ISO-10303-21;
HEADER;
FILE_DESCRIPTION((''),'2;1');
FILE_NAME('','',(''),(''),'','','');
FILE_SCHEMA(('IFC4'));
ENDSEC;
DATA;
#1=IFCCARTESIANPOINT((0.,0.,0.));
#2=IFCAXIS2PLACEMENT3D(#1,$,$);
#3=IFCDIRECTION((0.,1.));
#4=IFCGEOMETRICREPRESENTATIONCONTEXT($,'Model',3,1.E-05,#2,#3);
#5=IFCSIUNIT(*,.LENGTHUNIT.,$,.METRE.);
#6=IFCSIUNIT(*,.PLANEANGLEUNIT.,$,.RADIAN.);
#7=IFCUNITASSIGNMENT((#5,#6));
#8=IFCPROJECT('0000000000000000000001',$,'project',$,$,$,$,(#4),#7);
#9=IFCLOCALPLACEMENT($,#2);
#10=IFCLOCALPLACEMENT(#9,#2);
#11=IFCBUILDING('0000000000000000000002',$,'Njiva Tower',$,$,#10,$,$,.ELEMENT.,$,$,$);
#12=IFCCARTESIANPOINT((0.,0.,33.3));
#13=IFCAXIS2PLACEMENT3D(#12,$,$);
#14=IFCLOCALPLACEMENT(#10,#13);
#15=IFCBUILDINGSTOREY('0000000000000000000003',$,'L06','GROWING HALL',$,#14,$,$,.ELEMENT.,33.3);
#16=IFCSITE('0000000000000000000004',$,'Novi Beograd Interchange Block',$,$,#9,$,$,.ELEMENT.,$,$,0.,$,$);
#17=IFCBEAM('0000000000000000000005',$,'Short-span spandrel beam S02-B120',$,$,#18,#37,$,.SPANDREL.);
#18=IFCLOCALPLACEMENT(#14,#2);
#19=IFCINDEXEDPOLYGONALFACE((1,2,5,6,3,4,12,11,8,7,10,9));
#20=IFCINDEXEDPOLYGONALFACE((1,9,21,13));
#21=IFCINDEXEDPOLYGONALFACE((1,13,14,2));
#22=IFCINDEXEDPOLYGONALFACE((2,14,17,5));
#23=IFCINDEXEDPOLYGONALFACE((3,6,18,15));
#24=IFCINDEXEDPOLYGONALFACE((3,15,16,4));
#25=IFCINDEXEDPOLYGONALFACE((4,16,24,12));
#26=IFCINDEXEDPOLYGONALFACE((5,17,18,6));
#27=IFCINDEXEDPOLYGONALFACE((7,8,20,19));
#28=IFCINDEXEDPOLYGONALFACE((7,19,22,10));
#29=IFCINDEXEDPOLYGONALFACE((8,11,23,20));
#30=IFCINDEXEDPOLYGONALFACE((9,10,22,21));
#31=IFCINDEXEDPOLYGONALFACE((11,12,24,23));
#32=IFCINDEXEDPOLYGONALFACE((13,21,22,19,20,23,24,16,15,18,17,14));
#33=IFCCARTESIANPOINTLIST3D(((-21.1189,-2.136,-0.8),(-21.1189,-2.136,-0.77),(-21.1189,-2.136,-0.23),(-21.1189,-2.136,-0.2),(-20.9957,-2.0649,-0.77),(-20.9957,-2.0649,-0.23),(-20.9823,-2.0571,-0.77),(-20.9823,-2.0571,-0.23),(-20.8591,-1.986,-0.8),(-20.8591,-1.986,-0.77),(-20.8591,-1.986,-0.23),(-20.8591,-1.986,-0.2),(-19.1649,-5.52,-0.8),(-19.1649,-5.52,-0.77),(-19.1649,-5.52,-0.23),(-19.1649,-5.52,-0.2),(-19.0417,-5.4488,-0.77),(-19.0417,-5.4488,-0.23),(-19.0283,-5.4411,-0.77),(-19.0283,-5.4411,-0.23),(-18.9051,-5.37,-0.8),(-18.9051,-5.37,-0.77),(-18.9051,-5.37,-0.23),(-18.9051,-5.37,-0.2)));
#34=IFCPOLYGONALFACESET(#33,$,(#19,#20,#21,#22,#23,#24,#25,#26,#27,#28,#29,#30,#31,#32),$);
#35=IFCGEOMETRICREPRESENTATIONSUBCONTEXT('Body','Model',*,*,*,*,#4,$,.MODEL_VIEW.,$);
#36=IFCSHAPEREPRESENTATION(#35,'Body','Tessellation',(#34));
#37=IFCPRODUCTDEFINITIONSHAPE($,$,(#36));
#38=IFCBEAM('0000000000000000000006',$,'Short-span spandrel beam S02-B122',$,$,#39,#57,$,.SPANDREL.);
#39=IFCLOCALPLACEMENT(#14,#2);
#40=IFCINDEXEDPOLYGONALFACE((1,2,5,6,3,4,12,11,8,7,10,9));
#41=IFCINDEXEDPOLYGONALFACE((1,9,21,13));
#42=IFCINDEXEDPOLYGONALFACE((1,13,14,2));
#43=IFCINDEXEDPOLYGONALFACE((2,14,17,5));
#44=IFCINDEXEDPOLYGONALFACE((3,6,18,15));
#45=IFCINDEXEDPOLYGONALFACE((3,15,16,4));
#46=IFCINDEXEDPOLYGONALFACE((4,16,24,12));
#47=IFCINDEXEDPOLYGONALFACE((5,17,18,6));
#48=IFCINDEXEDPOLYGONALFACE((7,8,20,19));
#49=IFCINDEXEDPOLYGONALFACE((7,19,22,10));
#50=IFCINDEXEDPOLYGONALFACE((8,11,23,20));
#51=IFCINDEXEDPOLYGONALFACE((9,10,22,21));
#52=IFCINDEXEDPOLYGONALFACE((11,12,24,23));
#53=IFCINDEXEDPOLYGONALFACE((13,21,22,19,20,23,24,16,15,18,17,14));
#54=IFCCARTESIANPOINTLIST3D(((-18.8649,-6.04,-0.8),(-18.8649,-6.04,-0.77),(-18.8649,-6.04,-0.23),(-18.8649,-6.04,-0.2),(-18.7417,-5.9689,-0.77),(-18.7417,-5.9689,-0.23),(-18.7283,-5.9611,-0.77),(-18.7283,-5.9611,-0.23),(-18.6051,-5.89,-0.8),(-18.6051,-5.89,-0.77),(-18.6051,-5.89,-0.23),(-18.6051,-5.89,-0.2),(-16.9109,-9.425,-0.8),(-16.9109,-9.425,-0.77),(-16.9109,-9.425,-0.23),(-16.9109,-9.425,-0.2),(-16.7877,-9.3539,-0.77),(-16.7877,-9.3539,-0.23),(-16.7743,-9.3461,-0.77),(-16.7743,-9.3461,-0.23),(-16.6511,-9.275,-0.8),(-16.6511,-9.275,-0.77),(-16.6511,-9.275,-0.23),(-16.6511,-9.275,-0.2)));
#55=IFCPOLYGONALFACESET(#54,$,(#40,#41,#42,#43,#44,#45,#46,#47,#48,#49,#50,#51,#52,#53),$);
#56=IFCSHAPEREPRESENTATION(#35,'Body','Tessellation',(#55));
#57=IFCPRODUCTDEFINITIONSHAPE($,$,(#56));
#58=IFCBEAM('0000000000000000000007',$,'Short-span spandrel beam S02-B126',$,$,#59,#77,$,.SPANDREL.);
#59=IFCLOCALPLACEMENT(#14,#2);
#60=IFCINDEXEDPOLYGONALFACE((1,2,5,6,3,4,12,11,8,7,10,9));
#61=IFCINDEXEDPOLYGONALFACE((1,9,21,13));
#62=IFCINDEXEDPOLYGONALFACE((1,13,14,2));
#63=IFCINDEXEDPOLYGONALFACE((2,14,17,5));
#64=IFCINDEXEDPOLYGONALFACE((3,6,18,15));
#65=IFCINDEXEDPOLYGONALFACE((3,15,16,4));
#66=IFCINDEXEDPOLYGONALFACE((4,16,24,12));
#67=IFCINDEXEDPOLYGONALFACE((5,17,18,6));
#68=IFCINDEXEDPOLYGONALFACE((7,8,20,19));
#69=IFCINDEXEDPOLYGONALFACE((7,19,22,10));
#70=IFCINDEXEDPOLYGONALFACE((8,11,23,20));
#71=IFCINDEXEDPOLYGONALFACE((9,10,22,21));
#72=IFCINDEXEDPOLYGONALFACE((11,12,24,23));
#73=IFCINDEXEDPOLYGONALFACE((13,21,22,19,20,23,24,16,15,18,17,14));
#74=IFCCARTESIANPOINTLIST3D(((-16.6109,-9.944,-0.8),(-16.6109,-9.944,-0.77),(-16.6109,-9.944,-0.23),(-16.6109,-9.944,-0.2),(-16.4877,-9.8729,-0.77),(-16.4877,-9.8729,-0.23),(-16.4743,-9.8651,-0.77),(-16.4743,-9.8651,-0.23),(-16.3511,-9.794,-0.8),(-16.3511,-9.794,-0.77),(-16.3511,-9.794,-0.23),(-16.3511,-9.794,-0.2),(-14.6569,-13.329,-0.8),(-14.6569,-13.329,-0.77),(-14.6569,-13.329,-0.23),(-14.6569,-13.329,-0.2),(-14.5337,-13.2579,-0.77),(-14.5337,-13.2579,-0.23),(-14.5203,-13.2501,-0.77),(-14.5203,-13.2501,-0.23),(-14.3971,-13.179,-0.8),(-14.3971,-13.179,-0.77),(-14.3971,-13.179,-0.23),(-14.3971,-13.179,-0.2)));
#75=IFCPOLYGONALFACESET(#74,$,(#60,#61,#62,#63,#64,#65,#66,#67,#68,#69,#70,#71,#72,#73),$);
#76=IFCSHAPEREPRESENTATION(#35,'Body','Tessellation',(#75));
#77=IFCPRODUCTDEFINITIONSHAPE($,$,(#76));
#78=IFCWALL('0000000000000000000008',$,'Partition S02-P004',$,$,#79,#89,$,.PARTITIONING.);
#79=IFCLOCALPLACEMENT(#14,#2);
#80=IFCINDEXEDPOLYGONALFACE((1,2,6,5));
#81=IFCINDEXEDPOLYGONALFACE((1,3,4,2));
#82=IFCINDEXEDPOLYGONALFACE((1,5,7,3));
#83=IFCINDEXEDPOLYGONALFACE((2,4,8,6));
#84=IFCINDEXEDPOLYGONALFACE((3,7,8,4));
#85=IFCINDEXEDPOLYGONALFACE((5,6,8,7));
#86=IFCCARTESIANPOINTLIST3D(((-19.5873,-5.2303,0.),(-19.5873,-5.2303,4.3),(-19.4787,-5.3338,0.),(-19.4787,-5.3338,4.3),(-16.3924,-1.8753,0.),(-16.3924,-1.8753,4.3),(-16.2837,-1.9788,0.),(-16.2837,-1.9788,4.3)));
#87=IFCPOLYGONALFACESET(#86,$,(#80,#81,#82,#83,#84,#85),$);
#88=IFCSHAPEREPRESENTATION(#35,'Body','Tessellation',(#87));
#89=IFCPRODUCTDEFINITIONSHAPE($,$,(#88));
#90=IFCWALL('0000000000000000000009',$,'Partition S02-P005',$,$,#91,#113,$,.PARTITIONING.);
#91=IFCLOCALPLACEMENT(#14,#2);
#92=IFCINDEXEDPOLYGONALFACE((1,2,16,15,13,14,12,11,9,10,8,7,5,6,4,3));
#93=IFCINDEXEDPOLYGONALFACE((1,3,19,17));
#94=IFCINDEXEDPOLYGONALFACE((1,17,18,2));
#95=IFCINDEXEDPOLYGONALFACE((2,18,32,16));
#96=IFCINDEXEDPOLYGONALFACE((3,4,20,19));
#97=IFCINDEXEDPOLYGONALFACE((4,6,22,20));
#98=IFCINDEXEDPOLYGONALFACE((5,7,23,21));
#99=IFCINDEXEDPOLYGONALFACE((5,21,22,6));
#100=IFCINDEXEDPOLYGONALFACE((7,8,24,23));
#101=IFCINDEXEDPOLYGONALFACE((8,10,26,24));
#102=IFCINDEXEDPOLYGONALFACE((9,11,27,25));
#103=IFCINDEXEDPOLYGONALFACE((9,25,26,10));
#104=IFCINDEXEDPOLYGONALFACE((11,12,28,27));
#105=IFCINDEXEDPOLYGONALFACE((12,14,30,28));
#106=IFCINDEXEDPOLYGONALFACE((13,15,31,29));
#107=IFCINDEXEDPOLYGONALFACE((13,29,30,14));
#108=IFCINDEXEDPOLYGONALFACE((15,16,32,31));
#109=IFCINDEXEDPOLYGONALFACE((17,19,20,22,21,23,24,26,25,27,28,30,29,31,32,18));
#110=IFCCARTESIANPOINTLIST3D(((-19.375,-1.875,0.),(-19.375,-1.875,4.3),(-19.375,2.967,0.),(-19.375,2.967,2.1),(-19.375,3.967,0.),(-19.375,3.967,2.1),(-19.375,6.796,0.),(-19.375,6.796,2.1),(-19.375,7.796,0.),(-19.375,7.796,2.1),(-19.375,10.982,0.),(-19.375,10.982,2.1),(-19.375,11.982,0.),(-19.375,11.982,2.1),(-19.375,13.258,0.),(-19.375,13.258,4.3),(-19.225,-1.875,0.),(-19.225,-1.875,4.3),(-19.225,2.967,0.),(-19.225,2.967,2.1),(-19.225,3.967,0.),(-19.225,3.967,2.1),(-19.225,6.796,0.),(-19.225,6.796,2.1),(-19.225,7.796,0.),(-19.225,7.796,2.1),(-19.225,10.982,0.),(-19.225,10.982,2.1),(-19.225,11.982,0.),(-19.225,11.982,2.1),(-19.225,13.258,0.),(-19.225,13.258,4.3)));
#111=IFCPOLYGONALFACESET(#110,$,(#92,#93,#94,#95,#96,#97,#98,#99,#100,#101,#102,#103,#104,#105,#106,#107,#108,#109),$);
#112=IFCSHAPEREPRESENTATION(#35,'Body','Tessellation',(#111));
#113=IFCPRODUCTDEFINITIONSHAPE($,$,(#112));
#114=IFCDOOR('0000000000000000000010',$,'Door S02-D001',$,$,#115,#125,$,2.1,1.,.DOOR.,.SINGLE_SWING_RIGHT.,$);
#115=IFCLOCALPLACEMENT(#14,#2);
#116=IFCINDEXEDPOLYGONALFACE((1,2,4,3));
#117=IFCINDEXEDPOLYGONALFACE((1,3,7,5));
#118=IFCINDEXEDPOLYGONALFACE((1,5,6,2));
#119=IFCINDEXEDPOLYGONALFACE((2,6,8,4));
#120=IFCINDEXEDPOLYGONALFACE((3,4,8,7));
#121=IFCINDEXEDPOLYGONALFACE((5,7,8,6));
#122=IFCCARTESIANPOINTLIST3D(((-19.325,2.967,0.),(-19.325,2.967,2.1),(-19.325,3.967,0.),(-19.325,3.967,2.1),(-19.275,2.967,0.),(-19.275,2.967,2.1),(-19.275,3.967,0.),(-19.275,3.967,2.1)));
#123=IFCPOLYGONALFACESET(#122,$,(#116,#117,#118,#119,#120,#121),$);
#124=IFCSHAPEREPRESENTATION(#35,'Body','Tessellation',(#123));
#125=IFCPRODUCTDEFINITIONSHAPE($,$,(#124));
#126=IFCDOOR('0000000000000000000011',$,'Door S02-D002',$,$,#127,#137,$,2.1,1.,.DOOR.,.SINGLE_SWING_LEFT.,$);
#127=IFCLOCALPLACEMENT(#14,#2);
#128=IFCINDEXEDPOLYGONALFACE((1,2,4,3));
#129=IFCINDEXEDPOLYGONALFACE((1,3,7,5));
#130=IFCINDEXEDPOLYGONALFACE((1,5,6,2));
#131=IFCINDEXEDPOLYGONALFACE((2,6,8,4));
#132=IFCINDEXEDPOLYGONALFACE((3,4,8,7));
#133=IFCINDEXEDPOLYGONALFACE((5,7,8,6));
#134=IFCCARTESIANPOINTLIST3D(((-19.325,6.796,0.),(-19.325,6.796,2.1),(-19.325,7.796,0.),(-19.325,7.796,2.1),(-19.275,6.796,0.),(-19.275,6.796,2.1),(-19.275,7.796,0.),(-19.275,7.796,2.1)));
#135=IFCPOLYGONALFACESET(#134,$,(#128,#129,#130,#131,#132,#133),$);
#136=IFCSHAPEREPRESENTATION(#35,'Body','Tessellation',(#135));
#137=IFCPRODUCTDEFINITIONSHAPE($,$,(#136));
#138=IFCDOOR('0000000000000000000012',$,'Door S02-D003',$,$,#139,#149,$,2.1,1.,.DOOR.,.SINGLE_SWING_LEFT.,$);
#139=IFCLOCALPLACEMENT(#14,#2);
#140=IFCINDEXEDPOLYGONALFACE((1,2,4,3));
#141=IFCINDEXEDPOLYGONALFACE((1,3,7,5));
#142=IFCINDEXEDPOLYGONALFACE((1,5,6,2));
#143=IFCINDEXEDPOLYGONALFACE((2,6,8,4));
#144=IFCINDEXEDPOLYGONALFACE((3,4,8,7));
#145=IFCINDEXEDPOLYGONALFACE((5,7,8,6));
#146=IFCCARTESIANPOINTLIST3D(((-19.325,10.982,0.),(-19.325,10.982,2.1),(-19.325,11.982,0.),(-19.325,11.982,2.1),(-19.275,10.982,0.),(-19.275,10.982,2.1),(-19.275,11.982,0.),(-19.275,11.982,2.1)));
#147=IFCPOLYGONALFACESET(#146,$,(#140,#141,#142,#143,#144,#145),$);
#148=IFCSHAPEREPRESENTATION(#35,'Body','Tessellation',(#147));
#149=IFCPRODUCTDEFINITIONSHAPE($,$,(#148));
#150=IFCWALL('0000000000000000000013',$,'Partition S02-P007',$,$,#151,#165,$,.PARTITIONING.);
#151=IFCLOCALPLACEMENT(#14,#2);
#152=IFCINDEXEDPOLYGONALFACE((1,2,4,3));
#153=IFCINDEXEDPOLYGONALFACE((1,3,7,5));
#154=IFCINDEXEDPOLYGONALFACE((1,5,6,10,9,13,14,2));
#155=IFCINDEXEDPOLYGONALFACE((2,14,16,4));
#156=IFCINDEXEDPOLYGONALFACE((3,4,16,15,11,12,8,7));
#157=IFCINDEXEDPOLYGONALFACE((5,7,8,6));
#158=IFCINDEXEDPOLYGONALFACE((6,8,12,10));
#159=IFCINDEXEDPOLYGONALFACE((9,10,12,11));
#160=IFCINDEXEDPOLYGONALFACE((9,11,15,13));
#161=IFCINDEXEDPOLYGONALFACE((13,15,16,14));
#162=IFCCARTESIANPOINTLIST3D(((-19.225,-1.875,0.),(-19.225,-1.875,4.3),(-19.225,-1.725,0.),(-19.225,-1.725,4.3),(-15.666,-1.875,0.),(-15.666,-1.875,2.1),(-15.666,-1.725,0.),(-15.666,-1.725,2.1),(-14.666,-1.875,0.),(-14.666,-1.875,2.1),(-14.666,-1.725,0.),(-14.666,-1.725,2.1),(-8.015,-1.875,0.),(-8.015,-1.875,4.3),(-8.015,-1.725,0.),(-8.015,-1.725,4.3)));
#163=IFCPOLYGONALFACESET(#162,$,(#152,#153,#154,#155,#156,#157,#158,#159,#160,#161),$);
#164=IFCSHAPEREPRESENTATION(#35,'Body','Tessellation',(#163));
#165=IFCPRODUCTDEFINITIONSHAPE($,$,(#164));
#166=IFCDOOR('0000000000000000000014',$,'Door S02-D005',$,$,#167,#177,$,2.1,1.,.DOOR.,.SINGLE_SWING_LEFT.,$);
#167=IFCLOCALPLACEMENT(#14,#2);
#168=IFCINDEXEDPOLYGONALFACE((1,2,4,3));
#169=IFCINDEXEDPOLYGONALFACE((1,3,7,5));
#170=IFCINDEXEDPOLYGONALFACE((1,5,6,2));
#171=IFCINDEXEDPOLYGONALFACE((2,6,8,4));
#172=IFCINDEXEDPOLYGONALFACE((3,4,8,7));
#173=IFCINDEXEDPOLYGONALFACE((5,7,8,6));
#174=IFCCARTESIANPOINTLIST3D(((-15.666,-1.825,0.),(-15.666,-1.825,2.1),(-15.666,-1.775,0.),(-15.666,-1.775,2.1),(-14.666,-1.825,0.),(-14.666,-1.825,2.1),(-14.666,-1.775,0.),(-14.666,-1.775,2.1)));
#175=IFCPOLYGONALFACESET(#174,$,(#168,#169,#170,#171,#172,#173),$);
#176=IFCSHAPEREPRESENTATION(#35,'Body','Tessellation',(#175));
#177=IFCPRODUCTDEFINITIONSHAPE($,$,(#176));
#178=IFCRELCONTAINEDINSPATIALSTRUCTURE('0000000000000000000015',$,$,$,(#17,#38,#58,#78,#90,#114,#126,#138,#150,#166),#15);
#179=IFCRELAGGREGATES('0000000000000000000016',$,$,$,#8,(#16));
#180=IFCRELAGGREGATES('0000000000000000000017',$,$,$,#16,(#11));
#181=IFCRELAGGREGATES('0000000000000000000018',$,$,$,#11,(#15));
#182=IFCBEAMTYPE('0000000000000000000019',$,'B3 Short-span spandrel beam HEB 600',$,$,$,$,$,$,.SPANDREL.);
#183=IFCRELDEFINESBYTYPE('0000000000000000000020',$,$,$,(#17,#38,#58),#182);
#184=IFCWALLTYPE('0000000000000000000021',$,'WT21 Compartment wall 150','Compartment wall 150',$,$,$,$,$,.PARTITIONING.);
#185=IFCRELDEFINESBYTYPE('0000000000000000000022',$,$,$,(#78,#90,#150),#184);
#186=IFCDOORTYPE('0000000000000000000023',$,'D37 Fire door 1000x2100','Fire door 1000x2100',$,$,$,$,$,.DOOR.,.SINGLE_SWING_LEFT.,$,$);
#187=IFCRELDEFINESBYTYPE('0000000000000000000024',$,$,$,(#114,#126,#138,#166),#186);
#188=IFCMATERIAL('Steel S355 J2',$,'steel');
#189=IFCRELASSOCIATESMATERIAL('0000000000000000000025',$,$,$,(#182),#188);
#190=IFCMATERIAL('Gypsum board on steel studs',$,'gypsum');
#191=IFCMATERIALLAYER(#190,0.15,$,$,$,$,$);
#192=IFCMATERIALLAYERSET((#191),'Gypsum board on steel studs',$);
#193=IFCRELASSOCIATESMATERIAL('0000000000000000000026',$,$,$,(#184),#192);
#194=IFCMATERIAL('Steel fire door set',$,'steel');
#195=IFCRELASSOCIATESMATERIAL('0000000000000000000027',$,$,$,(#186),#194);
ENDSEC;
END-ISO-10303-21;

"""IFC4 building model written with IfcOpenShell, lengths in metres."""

from ifc_helpers import new_model, si_unit, direction, frame, frame_2d, origin, origin_2d, place, context, subcontext, project, spatial, rectangle, i_section, extrude, material, layer, layer_set, material_profile, profile_set, type_object, element, fill, save


model = new_model("IFC4")

# Units and contexts
model_context = context("Model", 3, precision=1e-05, world=origin(), true_north=direction((0.0, 1.0)))
body_context = subcontext(model_context, "Body", "Model", "MODEL_VIEW")
ifc_project = project(units=[si_unit("LENGTHUNIT", "METRE"), si_unit("PLANEANGLEUNIT", "RADIAN")], contexts=[model_context])

# Site, building, storey
site_placement = place(None, origin())
site = spatial("IfcSite", under=ifc_project, at=site_placement, Name="Novi Beograd Interchange Block", CompositionType="ELEMENT", RefElevation=0.0)
building_placement = place(site_placement, origin())
building = spatial("IfcBuilding", under=site, at=building_placement, Name="Njiva Tower", CompositionType="ELEMENT")
storey_placement = place(building_placement, frame((0.0, 0.0, 33.3)))
storey = spatial("IfcBuildingStorey", under=building, at=storey_placement, Name="L06", Description="GROWING HALL", CompositionType="ELEMENT", Elevation=33.3)

# Shared definitions
ifc_material_1 = material(Name="Steel S355 J2", Category="steel")

# Beams
ifc_material_profile_1 = material_profile(ifc_material_1, i_section(OverallWidth=0.3, OverallDepth=0.6, WebThickness=0.0155, FlangeThickness=0.03, at=origin_2d()), Name="HEB 600")
ifc_profile_set_1 = profile_set([ifc_material_profile_1], Name="Steel S355 J2")
beam_type_1 = type_object("IfcBeamType", Name="B3 Short-span spandrel beam HEB 600", PredefinedType="SPANDREL", material=ifc_profile_set_1)
beam_1_placement = place(storey_placement, frame((-20.989, -2.061, -0.5), z_axis=(0.500047, -0.865998, 0.0), x_axis=(0.865998, 0.500047, 0.0)))
element("IfcBeam", 1, at=beam_1_placement, inside=storey, type_object=beam_type_1, Name="Short-span spandrel beam S02-B120", PredefinedType="SPANDREL", context=body_context, shape_type="SweptSolid", body=[
    extrude(i_section(OverallWidth=0.3, OverallDepth=0.6, WebThickness=0.0155, FlangeThickness=0.03, at=origin_2d()), origin(), (0.0, 0.0, 1.0), 3.9076),
])
for number, where, z_axis, x_axis, name in (
    (2, (-18.735, -5.965, -0.5), (0.499937, -0.866062, 0.0), (0.866062, 0.499937, 0.0), "Short-span spandrel beam S02-B122"),
    (3, (-16.481, -9.869, -0.5), (0.499937, -0.866062, 0.0), (0.866062, 0.499937, 0.0), "Short-span spandrel beam S02-B126"),
):
    element("IfcBeam", number, at=place(storey_placement, frame(where, z_axis=z_axis, x_axis=x_axis)), inside=storey, type_object=beam_type_1, Name=name, PredefinedType="SPANDREL", context=body_context, shape_type="SweptSolid", body=[
        extrude(i_section(OverallWidth=0.3, OverallDepth=0.6, WebThickness=0.0155, FlangeThickness=0.03, at=origin_2d()), origin(), (0.0, 0.0, 1.0), 3.9085),
    ])

# Wall
ifc_material_2 = material(Name="Gypsum board on steel studs", Category="gypsum")
ifc_layer = layer(ifc_material_2, 0.15)
ifc_layer_set = layer_set([ifc_layer], Name="Gypsum board on steel studs")
wall_type = type_object("IfcWallType", Name="WT21 Compartment wall 150", Description="Compartment wall 150", PredefinedType="PARTITIONING", material=ifc_layer_set)
wall_1_placement = place(storey_placement, frame((-19.533, -5.282, 0.0), z_axis=(0.0, 0.0, 1.0), x_axis=(0.689628, 0.724164, 0.0)))
element("IfcWall", 4, at=wall_1_placement, inside=storey, type_object=wall_type, Name="Partition S02-P004", PredefinedType="PARTITIONING", context=body_context, shape_type="SweptSolid", body=[
    extrude(rectangle(XDim=4.6329, YDim=0.15, at=frame_2d((2.3164, 0.0))), origin(), (0.0, 0.0, 1.0), 4.3),
])

# Wall, openings, doors
wall_2_placement = place(storey_placement, frame((-19.3, -1.875, 0.0), z_axis=(0.0, 0.0, 1.0), x_axis=(0.0, 1.0, 0.0)))
wall_2 = element("IfcWall", 5, at=wall_2_placement, inside=storey, type_object=wall_type, Name="Partition S02-P005", PredefinedType="PARTITIONING", context=body_context, shape_type="SweptSolid", body=[
    extrude(rectangle(XDim=15.133, YDim=0.15, at=frame_2d((7.5665, 0.0))), origin(), (0.0, 0.0, 1.0), 4.3),
])
opening_1_placement = place(wall_2_placement, frame((4.842, 0.0, 0.0)))
opening_1 = element("IfcOpeningElement", 6, at=opening_1_placement, cuts=wall_2, PredefinedType="OPENING", context=body_context, shape_type="SweptSolid", body=[
    extrude(rectangle(XDim=1.0, YDim=2.1, at=frame_2d((0.5, 1.05))), frame((0.0, 0.085, 0.0), z_axis=(0.0, -1.0, 0.0), x_axis=(1.0, 0.0, 0.0)), (0.0, 0.0, 1.0), 0.17),
])
opening_2_placement = place(wall_2_placement, frame((8.671, 0.0, 0.0)))
opening_2 = element("IfcOpeningElement", 7, at=opening_2_placement, cuts=wall_2, PredefinedType="OPENING", context=body_context, shape_type="SweptSolid", body=[
    extrude(rectangle(XDim=1.0, YDim=2.1, at=frame_2d((0.5, 1.05))), frame((0.0, 0.085, 0.0), z_axis=(0.0, -1.0, 0.0), x_axis=(1.0, 0.0, 0.0)), (0.0, 0.0, 1.0), 0.17),
])
opening_3_placement = place(wall_2_placement, frame((12.857, 0.0, 0.0)))
opening_3 = element("IfcOpeningElement", 8, at=opening_3_placement, cuts=wall_2, PredefinedType="OPENING", context=body_context, shape_type="SweptSolid", body=[
    extrude(rectangle(XDim=1.0, YDim=2.1, at=frame_2d((0.5, 1.05))), frame((0.0, 0.085, 0.0), z_axis=(0.0, -1.0, 0.0), x_axis=(1.0, 0.0, 0.0)), (0.0, 0.0, 1.0), 0.17),
])
ifc_material_3 = material(Name="Steel fire door set", Category="steel")
door_type = type_object("IfcDoorType", Name="D37 Fire door 1000x2100", Description="Fire door 1000x2100", OperationType="SINGLE_SWING_LEFT", PredefinedType="DOOR", material=ifc_material_3)
door_1_placement = place(opening_1_placement, origin())
door_1 = element("IfcDoor", 9, at=door_1_placement, inside=storey, type_object=door_type, Name="Door S02-D001", OperationType="SINGLE_SWING_RIGHT", OverallHeight=2.1, OverallWidth=1.0, PredefinedType="DOOR", context=body_context, shape_type="SweptSolid", body=[
    extrude(rectangle(XDim=1.0, YDim=2.1, at=frame_2d((0.5, 1.05))), frame((0.0, 0.025, 0.0), z_axis=(0.0, -1.0, 0.0), x_axis=(1.0, 0.0, 0.0)), (0.0, 0.0, 1.0), 0.05),
])
fill(opening_1, door_1)
door_2_placement = place(opening_2_placement, origin())
door_2 = element("IfcDoor", 10, at=door_2_placement, inside=storey, type_object=door_type, Name="Door S02-D002", OperationType="SINGLE_SWING_LEFT", OverallHeight=2.1, OverallWidth=1.0, PredefinedType="DOOR", context=body_context, shape_type="SweptSolid", body=[
    extrude(rectangle(XDim=1.0, YDim=2.1, at=frame_2d((0.5, 1.05))), frame((0.0, 0.025, 0.0), z_axis=(0.0, -1.0, 0.0), x_axis=(1.0, 0.0, 0.0)), (0.0, 0.0, 1.0), 0.05),
])
fill(opening_2, door_2)
door_3_placement = place(opening_3_placement, origin())
door_3 = element("IfcDoor", 11, at=door_3_placement, inside=storey, type_object=door_type, Name="Door S02-D003", OperationType="SINGLE_SWING_LEFT", OverallHeight=2.1, OverallWidth=1.0, PredefinedType="DOOR", context=body_context, shape_type="SweptSolid", body=[
    extrude(rectangle(XDim=1.0, YDim=2.1, at=frame_2d((0.5, 1.05))), frame((0.0, 0.025, 0.0), z_axis=(0.0, -1.0, 0.0), x_axis=(1.0, 0.0, 0.0)), (0.0, 0.0, 1.0), 0.05),
])
fill(opening_3, door_3)

# Wall, opening, door
wall_3_placement = place(storey_placement, frame((-19.225, -1.8, 0.0), z_axis=(0.0, 0.0, 1.0), x_axis=(1.0, 0.0, 0.0)))
wall_3 = element("IfcWall", 12, at=wall_3_placement, inside=storey, type_object=wall_type, Name="Partition S02-P007", PredefinedType="PARTITIONING", context=body_context, shape_type="SweptSolid", body=[
    extrude(rectangle(XDim=11.21, YDim=0.15, at=frame_2d((5.605, 0.0))), origin(), (0.0, 0.0, 1.0), 4.3),
])
opening_4_placement = place(wall_3_placement, frame((3.559, 0.0, 0.0)))
opening_4 = element("IfcOpeningElement", 13, at=opening_4_placement, cuts=wall_3, PredefinedType="OPENING", context=body_context, shape_type="SweptSolid", body=[
    extrude(rectangle(XDim=1.0, YDim=2.1, at=frame_2d((0.5, 1.05))), frame((0.0, 0.085, 0.0), z_axis=(0.0, -1.0, 0.0), x_axis=(1.0, 0.0, 0.0)), (0.0, 0.0, 1.0), 0.17),
])
door_4_placement = place(opening_4_placement, origin())
door_4 = element("IfcDoor", 14, at=door_4_placement, inside=storey, type_object=door_type, Name="Door S02-D005", OperationType="SINGLE_SWING_LEFT", OverallHeight=2.1, OverallWidth=1.0, PredefinedType="DOOR", context=body_context, shape_type="SweptSolid", body=[
    extrude(rectangle(XDim=1.0, YDim=2.1, at=frame_2d((0.5, 1.05))), frame((0.0, 0.025, 0.0), z_axis=(0.0, -1.0, 0.0), x_axis=(1.0, 0.0, 0.0)), (0.0, 0.0, 1.0), 0.05),
])
fill(opening_4, door_4)

save(model, "model.ifc")
